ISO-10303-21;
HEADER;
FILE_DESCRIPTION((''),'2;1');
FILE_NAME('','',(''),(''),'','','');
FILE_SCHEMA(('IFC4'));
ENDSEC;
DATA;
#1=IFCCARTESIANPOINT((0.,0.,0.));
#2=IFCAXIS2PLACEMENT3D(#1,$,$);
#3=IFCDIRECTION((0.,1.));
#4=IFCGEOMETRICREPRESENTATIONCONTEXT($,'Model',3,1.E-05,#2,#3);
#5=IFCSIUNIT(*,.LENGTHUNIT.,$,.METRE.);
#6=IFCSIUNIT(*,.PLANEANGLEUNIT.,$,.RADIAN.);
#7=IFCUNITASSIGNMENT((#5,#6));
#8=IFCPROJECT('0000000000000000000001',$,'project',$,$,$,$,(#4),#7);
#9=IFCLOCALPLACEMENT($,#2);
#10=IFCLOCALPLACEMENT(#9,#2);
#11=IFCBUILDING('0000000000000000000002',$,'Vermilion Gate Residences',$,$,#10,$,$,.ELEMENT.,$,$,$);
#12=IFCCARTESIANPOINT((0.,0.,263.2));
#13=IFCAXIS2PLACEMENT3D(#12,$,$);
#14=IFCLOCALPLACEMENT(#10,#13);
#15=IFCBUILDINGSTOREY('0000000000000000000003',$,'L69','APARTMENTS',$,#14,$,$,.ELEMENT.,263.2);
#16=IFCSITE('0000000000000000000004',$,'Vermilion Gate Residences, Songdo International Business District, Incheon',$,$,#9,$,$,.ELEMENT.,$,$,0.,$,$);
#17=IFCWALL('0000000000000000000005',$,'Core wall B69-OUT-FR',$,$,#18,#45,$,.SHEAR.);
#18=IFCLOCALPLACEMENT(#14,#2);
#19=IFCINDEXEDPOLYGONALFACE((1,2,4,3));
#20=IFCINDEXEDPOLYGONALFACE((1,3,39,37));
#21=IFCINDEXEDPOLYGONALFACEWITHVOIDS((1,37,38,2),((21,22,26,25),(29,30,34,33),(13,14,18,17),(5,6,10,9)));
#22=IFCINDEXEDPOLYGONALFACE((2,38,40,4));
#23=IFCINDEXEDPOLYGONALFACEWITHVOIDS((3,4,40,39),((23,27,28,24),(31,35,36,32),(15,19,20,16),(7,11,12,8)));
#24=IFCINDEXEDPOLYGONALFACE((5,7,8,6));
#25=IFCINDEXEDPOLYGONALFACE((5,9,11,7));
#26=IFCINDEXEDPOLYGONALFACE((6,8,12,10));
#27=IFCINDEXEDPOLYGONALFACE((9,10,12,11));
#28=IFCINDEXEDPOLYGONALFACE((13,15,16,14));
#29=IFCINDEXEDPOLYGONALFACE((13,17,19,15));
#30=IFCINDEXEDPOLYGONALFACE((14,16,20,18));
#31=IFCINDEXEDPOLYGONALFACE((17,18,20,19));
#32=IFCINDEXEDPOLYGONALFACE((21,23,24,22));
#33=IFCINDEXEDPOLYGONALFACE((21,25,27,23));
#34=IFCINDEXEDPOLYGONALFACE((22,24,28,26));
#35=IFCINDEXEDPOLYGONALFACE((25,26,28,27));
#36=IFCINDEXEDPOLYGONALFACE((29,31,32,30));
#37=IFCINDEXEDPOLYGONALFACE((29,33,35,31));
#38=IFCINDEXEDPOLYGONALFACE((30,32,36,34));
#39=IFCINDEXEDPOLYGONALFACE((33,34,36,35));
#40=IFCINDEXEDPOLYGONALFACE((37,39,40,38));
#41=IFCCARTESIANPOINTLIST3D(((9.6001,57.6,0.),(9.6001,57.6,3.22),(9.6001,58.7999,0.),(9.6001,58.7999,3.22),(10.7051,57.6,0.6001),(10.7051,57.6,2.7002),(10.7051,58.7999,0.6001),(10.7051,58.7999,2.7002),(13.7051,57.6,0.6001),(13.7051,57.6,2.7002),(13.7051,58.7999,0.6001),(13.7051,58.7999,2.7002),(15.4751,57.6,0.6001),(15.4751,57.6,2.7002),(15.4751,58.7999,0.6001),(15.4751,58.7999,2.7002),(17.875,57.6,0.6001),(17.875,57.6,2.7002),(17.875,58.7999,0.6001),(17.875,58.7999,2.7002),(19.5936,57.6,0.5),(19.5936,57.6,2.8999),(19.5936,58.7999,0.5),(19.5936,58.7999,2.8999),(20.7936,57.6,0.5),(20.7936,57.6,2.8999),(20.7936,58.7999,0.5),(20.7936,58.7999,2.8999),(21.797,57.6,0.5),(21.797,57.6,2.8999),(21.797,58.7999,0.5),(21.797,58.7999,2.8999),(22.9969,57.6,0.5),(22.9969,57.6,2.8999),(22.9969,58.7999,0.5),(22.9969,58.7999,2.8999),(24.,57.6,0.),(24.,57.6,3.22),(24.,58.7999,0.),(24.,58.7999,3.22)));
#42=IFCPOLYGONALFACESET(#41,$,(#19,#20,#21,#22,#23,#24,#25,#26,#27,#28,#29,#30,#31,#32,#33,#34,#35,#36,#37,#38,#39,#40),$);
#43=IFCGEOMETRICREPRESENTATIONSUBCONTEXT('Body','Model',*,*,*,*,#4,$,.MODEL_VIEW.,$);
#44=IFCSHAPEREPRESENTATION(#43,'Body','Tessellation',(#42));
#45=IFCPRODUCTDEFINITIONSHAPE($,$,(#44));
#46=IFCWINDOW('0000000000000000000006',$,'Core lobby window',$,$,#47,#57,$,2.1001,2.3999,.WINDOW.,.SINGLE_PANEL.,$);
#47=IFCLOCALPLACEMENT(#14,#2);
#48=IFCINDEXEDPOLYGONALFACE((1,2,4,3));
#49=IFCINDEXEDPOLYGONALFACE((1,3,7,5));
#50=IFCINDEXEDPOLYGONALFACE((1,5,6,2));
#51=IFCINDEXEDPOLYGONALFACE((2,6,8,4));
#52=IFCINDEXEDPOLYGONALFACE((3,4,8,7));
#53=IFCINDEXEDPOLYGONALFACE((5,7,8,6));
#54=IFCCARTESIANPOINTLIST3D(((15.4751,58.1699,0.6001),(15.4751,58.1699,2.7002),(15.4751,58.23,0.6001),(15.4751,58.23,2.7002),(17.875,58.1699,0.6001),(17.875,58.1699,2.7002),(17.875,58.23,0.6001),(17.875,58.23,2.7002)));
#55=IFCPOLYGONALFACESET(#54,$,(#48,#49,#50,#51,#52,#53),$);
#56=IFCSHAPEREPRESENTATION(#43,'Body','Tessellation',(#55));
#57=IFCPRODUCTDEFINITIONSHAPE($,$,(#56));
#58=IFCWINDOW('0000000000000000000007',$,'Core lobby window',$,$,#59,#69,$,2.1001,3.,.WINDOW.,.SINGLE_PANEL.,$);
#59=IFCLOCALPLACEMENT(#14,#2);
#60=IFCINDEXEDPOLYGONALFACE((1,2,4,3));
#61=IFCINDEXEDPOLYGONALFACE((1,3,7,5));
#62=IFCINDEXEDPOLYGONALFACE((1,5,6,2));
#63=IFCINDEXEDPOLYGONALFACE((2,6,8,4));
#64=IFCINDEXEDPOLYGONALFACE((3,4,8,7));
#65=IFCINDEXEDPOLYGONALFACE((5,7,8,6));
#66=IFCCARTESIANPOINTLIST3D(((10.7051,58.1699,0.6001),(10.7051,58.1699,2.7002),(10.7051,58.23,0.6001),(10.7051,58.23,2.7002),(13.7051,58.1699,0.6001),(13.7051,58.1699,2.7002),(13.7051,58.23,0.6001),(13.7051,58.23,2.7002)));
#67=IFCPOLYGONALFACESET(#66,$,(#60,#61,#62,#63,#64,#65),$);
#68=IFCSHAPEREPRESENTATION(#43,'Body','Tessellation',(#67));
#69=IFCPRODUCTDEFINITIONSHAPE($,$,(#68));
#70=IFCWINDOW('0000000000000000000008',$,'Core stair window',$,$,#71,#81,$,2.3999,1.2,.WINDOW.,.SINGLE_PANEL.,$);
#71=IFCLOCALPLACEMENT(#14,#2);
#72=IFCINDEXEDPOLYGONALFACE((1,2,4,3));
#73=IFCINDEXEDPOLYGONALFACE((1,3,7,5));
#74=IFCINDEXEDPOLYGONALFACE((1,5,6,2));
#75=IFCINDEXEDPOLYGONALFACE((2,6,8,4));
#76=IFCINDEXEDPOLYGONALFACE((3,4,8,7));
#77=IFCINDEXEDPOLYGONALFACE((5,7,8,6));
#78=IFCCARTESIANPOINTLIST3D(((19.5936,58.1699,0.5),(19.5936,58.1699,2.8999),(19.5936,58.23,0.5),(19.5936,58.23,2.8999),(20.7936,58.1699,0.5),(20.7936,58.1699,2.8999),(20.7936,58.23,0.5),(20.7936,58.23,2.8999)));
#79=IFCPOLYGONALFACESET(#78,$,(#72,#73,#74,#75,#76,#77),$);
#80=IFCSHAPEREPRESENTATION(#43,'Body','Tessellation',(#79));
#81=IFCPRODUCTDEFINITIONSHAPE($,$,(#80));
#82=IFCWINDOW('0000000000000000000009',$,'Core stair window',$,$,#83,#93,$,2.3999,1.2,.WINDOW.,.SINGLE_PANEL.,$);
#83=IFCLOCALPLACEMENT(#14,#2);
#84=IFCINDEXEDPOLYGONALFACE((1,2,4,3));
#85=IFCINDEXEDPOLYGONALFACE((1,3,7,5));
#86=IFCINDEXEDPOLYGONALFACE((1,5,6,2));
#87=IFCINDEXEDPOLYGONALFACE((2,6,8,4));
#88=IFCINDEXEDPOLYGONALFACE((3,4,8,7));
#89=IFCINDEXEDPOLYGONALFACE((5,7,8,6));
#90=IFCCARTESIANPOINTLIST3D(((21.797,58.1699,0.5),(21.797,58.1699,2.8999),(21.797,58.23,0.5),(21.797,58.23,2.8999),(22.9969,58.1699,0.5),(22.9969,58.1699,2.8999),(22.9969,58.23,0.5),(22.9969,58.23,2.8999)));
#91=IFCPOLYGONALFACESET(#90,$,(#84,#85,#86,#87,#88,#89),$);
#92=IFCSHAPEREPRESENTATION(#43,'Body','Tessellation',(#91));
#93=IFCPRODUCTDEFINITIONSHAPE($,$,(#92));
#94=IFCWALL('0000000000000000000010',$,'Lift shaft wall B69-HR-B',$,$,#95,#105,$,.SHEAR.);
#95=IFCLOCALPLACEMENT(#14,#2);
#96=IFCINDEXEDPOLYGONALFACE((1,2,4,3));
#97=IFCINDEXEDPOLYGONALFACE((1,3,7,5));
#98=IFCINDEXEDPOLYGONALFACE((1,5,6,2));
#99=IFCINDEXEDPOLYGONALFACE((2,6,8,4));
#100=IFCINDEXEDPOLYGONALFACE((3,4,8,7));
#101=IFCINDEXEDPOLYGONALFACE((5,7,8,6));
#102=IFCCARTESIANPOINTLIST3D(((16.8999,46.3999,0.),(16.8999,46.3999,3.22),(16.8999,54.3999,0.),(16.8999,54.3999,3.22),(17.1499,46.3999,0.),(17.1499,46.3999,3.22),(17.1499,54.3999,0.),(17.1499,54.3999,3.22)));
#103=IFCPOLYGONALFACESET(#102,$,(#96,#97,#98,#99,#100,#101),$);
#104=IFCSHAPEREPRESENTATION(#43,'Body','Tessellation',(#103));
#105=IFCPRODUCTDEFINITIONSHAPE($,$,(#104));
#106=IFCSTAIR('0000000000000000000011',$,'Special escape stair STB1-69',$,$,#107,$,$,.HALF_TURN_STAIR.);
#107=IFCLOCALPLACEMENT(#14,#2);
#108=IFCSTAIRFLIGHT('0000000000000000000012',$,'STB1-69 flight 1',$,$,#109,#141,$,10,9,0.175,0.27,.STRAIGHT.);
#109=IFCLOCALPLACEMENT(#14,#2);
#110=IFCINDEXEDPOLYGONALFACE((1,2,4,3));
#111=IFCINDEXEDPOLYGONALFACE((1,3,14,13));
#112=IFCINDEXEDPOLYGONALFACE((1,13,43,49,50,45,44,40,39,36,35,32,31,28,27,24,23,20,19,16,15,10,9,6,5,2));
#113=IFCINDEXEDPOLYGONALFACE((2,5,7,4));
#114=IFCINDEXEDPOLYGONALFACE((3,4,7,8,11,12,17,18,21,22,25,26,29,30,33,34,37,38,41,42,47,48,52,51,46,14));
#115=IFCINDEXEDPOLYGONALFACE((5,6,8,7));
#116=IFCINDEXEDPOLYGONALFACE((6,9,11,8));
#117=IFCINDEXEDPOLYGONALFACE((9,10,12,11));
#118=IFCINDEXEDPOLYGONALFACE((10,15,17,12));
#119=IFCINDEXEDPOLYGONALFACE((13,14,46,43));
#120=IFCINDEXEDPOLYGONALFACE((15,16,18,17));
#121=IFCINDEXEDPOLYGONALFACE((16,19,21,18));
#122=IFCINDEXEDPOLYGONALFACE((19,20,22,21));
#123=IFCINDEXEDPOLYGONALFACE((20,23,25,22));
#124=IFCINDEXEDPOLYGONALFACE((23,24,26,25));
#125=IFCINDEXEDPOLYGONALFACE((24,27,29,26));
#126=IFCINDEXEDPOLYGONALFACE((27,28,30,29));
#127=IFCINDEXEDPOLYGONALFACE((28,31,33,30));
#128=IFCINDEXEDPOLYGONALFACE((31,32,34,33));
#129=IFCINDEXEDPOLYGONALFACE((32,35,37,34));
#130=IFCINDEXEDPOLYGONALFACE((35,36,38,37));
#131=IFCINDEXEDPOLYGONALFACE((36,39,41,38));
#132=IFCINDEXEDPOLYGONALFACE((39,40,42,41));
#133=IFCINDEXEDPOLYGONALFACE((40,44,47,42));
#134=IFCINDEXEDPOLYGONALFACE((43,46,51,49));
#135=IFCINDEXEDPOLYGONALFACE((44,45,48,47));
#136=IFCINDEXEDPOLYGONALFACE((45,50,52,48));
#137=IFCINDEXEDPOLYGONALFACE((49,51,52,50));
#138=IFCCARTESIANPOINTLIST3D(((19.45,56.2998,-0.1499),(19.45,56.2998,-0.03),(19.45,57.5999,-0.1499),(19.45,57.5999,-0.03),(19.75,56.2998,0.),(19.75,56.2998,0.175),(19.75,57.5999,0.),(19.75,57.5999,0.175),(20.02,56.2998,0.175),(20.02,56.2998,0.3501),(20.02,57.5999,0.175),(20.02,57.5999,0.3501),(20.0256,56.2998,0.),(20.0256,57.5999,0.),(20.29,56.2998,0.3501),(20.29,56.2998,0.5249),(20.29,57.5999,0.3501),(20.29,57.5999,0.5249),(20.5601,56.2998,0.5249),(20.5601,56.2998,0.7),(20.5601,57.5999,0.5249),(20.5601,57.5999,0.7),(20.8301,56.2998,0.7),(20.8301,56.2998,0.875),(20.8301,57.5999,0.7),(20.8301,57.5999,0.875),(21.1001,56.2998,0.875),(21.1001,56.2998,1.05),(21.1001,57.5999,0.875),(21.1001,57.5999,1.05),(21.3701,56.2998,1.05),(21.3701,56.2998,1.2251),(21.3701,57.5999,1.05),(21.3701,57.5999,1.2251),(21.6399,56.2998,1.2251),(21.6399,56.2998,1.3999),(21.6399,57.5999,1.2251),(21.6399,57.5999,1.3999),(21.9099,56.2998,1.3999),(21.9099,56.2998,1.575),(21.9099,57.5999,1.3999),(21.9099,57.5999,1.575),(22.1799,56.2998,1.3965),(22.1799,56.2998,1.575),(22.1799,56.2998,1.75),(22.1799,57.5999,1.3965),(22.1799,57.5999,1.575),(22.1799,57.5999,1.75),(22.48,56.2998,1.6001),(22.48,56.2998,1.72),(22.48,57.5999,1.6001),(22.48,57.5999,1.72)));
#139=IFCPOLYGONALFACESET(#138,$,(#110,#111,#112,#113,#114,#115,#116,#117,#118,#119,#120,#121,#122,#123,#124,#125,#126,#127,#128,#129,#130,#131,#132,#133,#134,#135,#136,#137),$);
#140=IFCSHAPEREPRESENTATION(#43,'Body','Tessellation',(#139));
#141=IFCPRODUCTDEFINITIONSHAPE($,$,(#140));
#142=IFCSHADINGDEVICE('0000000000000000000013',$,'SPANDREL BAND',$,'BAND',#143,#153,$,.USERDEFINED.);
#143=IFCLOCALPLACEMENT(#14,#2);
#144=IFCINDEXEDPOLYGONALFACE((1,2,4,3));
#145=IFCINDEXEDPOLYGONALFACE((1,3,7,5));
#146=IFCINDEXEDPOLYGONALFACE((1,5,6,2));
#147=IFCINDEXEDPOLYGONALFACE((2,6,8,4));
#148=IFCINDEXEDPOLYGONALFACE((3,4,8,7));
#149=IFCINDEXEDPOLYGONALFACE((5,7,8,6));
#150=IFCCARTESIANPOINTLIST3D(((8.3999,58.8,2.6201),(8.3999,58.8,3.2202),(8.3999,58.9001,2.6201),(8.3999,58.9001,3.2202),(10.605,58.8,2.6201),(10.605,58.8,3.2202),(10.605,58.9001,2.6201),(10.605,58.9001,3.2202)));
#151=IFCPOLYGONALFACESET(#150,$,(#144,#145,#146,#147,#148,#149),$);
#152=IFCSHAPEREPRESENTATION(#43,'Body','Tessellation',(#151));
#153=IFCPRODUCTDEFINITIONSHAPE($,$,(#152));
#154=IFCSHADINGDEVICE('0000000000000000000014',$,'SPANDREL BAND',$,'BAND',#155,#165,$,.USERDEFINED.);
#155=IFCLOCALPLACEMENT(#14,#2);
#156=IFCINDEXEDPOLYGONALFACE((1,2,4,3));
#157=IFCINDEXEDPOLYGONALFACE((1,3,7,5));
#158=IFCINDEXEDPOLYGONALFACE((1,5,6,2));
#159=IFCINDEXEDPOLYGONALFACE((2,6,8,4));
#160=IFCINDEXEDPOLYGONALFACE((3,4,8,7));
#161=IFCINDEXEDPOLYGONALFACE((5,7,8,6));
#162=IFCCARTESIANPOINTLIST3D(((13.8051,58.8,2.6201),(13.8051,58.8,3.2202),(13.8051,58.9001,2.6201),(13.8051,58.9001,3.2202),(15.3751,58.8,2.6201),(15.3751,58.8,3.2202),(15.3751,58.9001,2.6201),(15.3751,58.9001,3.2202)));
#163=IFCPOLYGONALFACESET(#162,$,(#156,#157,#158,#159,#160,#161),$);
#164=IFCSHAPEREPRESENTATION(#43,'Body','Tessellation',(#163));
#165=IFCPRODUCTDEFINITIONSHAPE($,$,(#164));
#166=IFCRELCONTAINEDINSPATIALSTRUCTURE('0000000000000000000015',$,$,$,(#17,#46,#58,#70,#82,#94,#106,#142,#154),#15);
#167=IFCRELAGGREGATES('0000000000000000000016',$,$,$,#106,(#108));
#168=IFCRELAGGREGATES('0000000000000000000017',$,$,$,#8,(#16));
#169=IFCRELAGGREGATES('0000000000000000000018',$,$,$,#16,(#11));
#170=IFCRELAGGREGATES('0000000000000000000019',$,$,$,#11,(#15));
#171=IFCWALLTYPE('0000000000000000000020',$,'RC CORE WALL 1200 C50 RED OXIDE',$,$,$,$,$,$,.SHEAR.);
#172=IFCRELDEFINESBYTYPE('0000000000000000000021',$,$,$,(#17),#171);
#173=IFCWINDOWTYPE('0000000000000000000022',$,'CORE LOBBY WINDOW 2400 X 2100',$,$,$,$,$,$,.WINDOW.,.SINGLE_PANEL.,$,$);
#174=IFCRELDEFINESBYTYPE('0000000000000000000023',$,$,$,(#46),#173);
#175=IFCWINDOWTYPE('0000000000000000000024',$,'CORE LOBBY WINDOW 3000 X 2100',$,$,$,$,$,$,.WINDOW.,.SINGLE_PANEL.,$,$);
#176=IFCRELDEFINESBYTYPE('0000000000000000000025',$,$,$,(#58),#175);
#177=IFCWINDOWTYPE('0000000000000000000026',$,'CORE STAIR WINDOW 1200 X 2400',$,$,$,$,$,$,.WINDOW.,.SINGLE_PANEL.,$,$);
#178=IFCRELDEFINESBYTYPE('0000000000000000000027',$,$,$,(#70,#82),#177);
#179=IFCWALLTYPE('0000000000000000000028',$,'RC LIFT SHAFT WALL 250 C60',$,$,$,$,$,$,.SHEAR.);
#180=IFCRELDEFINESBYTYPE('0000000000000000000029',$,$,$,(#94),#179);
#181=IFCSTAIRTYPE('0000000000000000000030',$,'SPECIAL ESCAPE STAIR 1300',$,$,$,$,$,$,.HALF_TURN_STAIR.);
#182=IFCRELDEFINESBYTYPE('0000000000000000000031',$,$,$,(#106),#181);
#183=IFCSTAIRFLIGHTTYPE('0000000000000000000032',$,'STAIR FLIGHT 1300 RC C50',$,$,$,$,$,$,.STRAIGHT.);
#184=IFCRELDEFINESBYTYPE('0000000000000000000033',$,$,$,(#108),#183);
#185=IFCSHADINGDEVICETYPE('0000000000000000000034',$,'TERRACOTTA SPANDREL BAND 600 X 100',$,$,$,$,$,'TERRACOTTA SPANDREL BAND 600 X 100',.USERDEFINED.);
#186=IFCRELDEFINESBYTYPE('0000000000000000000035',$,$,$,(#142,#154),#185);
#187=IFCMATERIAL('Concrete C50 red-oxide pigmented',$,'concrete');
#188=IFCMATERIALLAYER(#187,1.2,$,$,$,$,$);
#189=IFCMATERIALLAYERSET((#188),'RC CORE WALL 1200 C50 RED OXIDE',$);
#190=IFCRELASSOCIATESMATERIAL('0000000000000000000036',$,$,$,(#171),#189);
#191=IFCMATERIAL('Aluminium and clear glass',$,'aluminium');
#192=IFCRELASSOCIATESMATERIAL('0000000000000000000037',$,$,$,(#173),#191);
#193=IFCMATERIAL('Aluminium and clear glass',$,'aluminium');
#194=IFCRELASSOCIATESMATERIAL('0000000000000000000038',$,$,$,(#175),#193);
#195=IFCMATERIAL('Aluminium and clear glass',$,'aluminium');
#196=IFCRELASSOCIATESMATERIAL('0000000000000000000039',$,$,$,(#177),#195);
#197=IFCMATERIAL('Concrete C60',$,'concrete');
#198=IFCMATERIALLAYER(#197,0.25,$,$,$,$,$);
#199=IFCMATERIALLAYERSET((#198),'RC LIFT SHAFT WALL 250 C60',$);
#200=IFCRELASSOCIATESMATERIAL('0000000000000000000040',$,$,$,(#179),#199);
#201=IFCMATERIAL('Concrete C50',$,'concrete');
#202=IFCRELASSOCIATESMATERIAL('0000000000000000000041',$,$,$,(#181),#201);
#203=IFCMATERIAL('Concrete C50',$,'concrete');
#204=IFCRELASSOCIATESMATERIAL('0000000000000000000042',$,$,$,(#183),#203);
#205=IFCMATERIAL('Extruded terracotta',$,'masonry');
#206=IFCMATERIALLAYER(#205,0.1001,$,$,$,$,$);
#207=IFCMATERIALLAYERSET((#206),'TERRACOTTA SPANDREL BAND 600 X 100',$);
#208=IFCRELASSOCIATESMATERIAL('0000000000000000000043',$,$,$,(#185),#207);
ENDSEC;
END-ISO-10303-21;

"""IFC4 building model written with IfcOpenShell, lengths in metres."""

from ifc_helpers import new_model, si_unit, direction, frame, frame_2d, origin, origin_2d, place, context, subcontext, project, spatial, polyline, rectangle, outline, extrude, material, layer, layer_set, type_object, element, fill, aggregate, save


model = new_model("IFC4")

# Units and contexts
model_context = context("Model", 3, precision=1e-05, world=origin(), true_north=direction((0.0, 1.0)))
body_context = subcontext(model_context, "Body", "Model", "MODEL_VIEW")
ifc_project = project(units=[si_unit("LENGTHUNIT", "METRE"), si_unit("PLANEANGLEUNIT", "RADIAN")], contexts=[model_context])

# Site, building, storey
site_placement = place(None, origin())
site = spatial("IfcSite", under=ifc_project, at=site_placement, Name="Vermilion Gate Residences, Songdo International Business District, Incheon", CompositionType="ELEMENT", RefElevation=0.0)
building_placement = place(site_placement, origin())
building = spatial("IfcBuilding", under=site, at=building_placement, Name="Vermilion Gate Residences", CompositionType="ELEMENT")
storey_placement = place(building_placement, frame((0.0, 0.0, 263.2)))
storey = spatial("IfcBuildingStorey", under=building, at=storey_placement, Name="L69", Description="APARTMENTS", CompositionType="ELEMENT", Elevation=263.2)

# Wall, openings, windows
ifc_material_1 = material(Name="Concrete C50 red-oxide pigmented", Category="concrete")
ifc_layer_1 = layer(ifc_material_1, 1.2)
ifc_layer_set_1 = layer_set([ifc_layer_1], Name="RC CORE WALL 1200 C50 RED OXIDE")
wall_type_1 = type_object("IfcWallType", Name="RC CORE WALL 1200 C50 RED OXIDE", PredefinedType="SHEAR", material=ifc_layer_set_1)
ifc_material_2 = material(Name="Aluminium and clear glass", Category="aluminium")
window_type_1 = type_object("IfcWindowType", Name="CORE LOBBY WINDOW 2400 X 2100", PartitioningType="SINGLE_PANEL", PredefinedType="WINDOW", material=ifc_material_2)
wall_1_placement = place(storey_placement, frame((9.6001, 58.2, 0.0), z_axis=(0.0, 0.0, 1.0), x_axis=(1.0, 0.0, 0.0)))
wall_1 = element("IfcWall", 1, at=wall_1_placement, inside=storey, type_object=wall_type_1, Name="Core wall B69-OUT-FR", PredefinedType="SHEAR", context=body_context, shape_type="SweptSolid", body=[
    extrude(rectangle(XDim=14.3999, YDim=1.2, at=frame_2d((7.2, 0.0))), origin(), (0.0, 0.0, 1.0), 3.22),
])
opening_1_placement = place(wall_1_placement, frame((1.105, 0.0, 0.6001)))
opening_1 = element("IfcOpeningElement", 2, at=opening_1_placement, cuts=wall_1, PredefinedType="OPENING", context=body_context, shape_type="SweptSolid", body=[
    extrude(rectangle(XDim=3.0, YDim=2.1001, at=frame_2d((1.5, 1.05))), frame((0.0, 0.6099, 0.0), z_axis=(0.0, -1.0, 0.0), x_axis=(1.0, 0.0, 0.0)), (0.0, 0.0, 1.0), 1.22),
])
opening_2_placement = place(wall_1_placement, frame((5.875, 0.0, 0.6001)))
opening_2 = element("IfcOpeningElement", 3, at=opening_2_placement, cuts=wall_1, PredefinedType="OPENING", context=body_context, shape_type="SweptSolid", body=[
    extrude(rectangle(XDim=2.3999, YDim=2.1001, at=frame_2d((1.2, 1.05))), frame((0.0, 0.6099, 0.0), z_axis=(0.0, -1.0, 0.0), x_axis=(1.0, 0.0, 0.0)), (0.0, 0.0, 1.0), 1.22),
])
opening_3_placement = place(wall_1_placement, frame((9.9934, 0.0, 0.5)))
opening_3 = element("IfcOpeningElement", 4, at=opening_3_placement, cuts=wall_1, PredefinedType="OPENING", context=body_context, shape_type="SweptSolid", body=[
    extrude(rectangle(XDim=1.2, YDim=2.3999, at=frame_2d((0.6001, 1.2))), frame((0.0, 0.6099, 0.0), z_axis=(0.0, -1.0, 0.0), x_axis=(1.0, 0.0, 0.0)), (0.0, 0.0, 1.0), 1.22),
])
opening_4_placement = place(wall_1_placement, frame((12.1968, 0.0, 0.5)))
opening_4 = element("IfcOpeningElement", 5, at=opening_4_placement, cuts=wall_1, PredefinedType="OPENING", context=body_context, shape_type="SweptSolid", body=[
    extrude(rectangle(XDim=1.2, YDim=2.3999, at=frame_2d((0.6001, 1.2))), frame((0.0, 0.6099, 0.0), z_axis=(0.0, -1.0, 0.0), x_axis=(1.0, 0.0, 0.0)), (0.0, 0.0, 1.0), 1.22),
])
window_1_placement = place(opening_2_placement, origin())
window_1 = element("IfcWindow", 6, at=window_1_placement, inside=storey, type_object=window_type_1, Name="Core lobby window", OverallHeight=2.1001, OverallWidth=2.3999, PartitioningType="SINGLE_PANEL", PredefinedType="WINDOW", context=body_context, shape_type="SweptSolid", body=[
    extrude(rectangle(XDim=2.3999, YDim=2.1001, at=frame_2d((1.2, 1.05))), frame((0.0, 0.03, 0.0), z_axis=(0.0, -1.0, 0.0), x_axis=(1.0, 0.0, 0.0)), (0.0, 0.0, 1.0), 0.0601),
])
fill(opening_2, window_1)
ifc_material_3 = material(Name="Aluminium and clear glass", Category="aluminium")
window_type_2 = type_object("IfcWindowType", Name="CORE LOBBY WINDOW 3000 X 2100", PartitioningType="SINGLE_PANEL", PredefinedType="WINDOW", material=ifc_material_3)
window_2_placement = place(opening_1_placement, origin())
window_2 = element("IfcWindow", 7, at=window_2_placement, inside=storey, type_object=window_type_2, Name="Core lobby window", OverallHeight=2.1001, OverallWidth=3.0, PartitioningType="SINGLE_PANEL", PredefinedType="WINDOW", context=body_context, shape_type="SweptSolid", body=[
    extrude(rectangle(XDim=3.0, YDim=2.1001, at=frame_2d((1.5, 1.05))), frame((0.0, 0.03, 0.0), z_axis=(0.0, -1.0, 0.0), x_axis=(1.0, 0.0, 0.0)), (0.0, 0.0, 1.0), 0.0601),
])
fill(opening_1, window_2)
ifc_material_4 = material(Name="Aluminium and clear glass", Category="aluminium")
window_type_3 = type_object("IfcWindowType", Name="CORE STAIR WINDOW 1200 X 2400", PartitioningType="SINGLE_PANEL", PredefinedType="WINDOW", material=ifc_material_4)
window_3_placement = place(opening_3_placement, origin())
window_3 = element("IfcWindow", 8, at=window_3_placement, inside=storey, type_object=window_type_3, Name="Core stair window", OverallHeight=2.3999, OverallWidth=1.2, PartitioningType="SINGLE_PANEL", PredefinedType="WINDOW", context=body_context, shape_type="SweptSolid", body=[
    extrude(rectangle(XDim=1.2, YDim=2.3999, at=frame_2d((0.6001, 1.2))), frame((0.0, 0.03, 0.0), z_axis=(0.0, -1.0, 0.0), x_axis=(1.0, 0.0, 0.0)), (0.0, 0.0, 1.0), 0.0601),
])
fill(opening_3, window_3)
window_4_placement = place(opening_4_placement, origin())
window_4 = element("IfcWindow", 9, at=window_4_placement, inside=storey, type_object=window_type_3, Name="Core stair window", OverallHeight=2.3999, OverallWidth=1.2, PartitioningType="SINGLE_PANEL", PredefinedType="WINDOW", context=body_context, shape_type="SweptSolid", body=[
    extrude(rectangle(XDim=1.2, YDim=2.3999, at=frame_2d((0.6001, 1.2))), frame((0.0, 0.03, 0.0), z_axis=(0.0, -1.0, 0.0), x_axis=(1.0, 0.0, 0.0)), (0.0, 0.0, 1.0), 0.0601),
])
fill(opening_4, window_4)

# Wall
ifc_material_5 = material(Name="Concrete C60", Category="concrete")
ifc_layer_2 = layer(ifc_material_5, 0.25)
ifc_layer_set_2 = layer_set([ifc_layer_2], Name="RC LIFT SHAFT WALL 250 C60")
wall_type_2 = type_object("IfcWallType", Name="RC LIFT SHAFT WALL 250 C60", PredefinedType="SHEAR", material=ifc_layer_set_2)
wall_2_placement = place(storey_placement, frame((17.0249, 54.3999, 0.0), z_axis=(0.0, 0.0, 1.0), x_axis=(0.0, -1.0, 0.0)))
element("IfcWall", 10, at=wall_2_placement, inside=storey, type_object=wall_type_2, Name="Lift shaft wall B69-HR-B", PredefinedType="SHEAR", context=body_context, shape_type="SweptSolid", body=[
    extrude(rectangle(XDim=8.0, YDim=0.25, at=frame_2d((4.0, 0.0))), origin(), (0.0, 0.0, 1.0), 3.22),
])

# Stair, stair flight
ifc_material_6 = material(Name="Concrete C50", Category="concrete")
stair_type = type_object("IfcStairType", Name="SPECIAL ESCAPE STAIR 1300", PredefinedType="HALF_TURN_STAIR", material=ifc_material_6)
stair_placement = place(storey_placement, origin())
stair = element("IfcStair", 11, at=stair_placement, inside=storey, type_object=stair_type, Name="Special escape stair STB1-69", PredefinedType="HALF_TURN_STAIR")
ifc_material_7 = material(Name="Concrete C50", Category="concrete")
stair_flight_type = type_object("IfcStairFlightType", Name="STAIR FLIGHT 1300 RC C50", PredefinedType="STRAIGHT", material=ifc_material_7)
stair_flight_placement = place(storey_placement, frame((19.75, 56.95, 0.0), z_axis=(0.0, 0.0, 1.0), x_axis=(1.0, 0.0, 0.0)))
stair_flight = element("IfcStairFlight", 12, at=stair_flight_placement, type_object=stair_flight_type, Name="STB1-69 flight 1", NumberOfRisers=10, NumberOfTreads=9, PredefinedType="STRAIGHT", RiserHeight=0.175, TreadLength=0.27, context=body_context, shape_type="SweptSolid", body=[
    extrude(outline(polyline([(-0.3, -0.1499), (-0.3, -0.03), (0.0, 0.0), (0.0, 0.175), (0.27, 0.175), (0.27, 0.3501), (0.54, 0.3501), (0.54, 0.5249), (0.8101, 0.5249), (0.8101, 0.7), (1.0801, 0.7), (1.0801, 0.875), (1.3501, 0.875), (1.3501, 1.05), (1.6201, 1.05), (1.6201, 1.2251), (1.8899, 1.2251), (1.8899, 1.3999), (2.1599, 1.3999), (2.1599, 1.575), (2.4299, 1.575), (2.4299, 1.75), (2.73, 1.72), (2.73, 1.6001), (2.4299, 1.3965), (0.2756, 0.0), (-0.3, -0.1499)])), frame((0.0, 0.6499, 0.0), z_axis=(0.0, -1.0, 0.0), x_axis=(1.0, 0.0, 0.0)), (0.0, 0.0, 1.0), 1.3),
])
aggregate(stair, [stair_flight])

# Shading devices
ifc_material_8 = material(Name="Extruded terracotta", Category="masonry")
ifc_layer_3 = layer(ifc_material_8, 0.1001)
ifc_layer_set_3 = layer_set([ifc_layer_3], Name="TERRACOTTA SPANDREL BAND 600 X 100")
shading_device_type = type_object("IfcShadingDeviceType", Name="TERRACOTTA SPANDREL BAND 600 X 100", ElementType="TERRACOTTA SPANDREL BAND 600 X 100", PredefinedType="USERDEFINED", material=ifc_layer_set_3)
shading_device_1_placement = place(storey_placement, frame((9.5024, 58.8501, 2.6201), z_axis=(0.0, 0.0, 1.0), x_axis=(1.0, 0.0, 0.0)))
element("IfcShadingDevice", 13, at=shading_device_1_placement, inside=storey, type_object=shading_device_type, Name="SPANDREL BAND", ObjectType="BAND", PredefinedType="USERDEFINED", context=body_context, shape_type="SweptSolid", body=[
    extrude(rectangle(XDim=2.2051, YDim=0.1001, at=origin_2d()), origin(), (0.0, 0.0, 1.0), 0.6001),
])
shading_device_2_placement = place(storey_placement, frame((14.5901, 58.8501, 2.6201), z_axis=(0.0, 0.0, 1.0), x_axis=(1.0, 0.0, 0.0)))
element("IfcShadingDevice", 14, at=shading_device_2_placement, inside=storey, type_object=shading_device_type, Name="SPANDREL BAND", ObjectType="BAND", PredefinedType="USERDEFINED", context=body_context, shape_type="SweptSolid", body=[
    extrude(rectangle(XDim=1.5701, YDim=0.1001, at=origin_2d()), origin(), (0.0, 0.0, 1.0), 0.6001),
])

save(model, "model.ifc")
